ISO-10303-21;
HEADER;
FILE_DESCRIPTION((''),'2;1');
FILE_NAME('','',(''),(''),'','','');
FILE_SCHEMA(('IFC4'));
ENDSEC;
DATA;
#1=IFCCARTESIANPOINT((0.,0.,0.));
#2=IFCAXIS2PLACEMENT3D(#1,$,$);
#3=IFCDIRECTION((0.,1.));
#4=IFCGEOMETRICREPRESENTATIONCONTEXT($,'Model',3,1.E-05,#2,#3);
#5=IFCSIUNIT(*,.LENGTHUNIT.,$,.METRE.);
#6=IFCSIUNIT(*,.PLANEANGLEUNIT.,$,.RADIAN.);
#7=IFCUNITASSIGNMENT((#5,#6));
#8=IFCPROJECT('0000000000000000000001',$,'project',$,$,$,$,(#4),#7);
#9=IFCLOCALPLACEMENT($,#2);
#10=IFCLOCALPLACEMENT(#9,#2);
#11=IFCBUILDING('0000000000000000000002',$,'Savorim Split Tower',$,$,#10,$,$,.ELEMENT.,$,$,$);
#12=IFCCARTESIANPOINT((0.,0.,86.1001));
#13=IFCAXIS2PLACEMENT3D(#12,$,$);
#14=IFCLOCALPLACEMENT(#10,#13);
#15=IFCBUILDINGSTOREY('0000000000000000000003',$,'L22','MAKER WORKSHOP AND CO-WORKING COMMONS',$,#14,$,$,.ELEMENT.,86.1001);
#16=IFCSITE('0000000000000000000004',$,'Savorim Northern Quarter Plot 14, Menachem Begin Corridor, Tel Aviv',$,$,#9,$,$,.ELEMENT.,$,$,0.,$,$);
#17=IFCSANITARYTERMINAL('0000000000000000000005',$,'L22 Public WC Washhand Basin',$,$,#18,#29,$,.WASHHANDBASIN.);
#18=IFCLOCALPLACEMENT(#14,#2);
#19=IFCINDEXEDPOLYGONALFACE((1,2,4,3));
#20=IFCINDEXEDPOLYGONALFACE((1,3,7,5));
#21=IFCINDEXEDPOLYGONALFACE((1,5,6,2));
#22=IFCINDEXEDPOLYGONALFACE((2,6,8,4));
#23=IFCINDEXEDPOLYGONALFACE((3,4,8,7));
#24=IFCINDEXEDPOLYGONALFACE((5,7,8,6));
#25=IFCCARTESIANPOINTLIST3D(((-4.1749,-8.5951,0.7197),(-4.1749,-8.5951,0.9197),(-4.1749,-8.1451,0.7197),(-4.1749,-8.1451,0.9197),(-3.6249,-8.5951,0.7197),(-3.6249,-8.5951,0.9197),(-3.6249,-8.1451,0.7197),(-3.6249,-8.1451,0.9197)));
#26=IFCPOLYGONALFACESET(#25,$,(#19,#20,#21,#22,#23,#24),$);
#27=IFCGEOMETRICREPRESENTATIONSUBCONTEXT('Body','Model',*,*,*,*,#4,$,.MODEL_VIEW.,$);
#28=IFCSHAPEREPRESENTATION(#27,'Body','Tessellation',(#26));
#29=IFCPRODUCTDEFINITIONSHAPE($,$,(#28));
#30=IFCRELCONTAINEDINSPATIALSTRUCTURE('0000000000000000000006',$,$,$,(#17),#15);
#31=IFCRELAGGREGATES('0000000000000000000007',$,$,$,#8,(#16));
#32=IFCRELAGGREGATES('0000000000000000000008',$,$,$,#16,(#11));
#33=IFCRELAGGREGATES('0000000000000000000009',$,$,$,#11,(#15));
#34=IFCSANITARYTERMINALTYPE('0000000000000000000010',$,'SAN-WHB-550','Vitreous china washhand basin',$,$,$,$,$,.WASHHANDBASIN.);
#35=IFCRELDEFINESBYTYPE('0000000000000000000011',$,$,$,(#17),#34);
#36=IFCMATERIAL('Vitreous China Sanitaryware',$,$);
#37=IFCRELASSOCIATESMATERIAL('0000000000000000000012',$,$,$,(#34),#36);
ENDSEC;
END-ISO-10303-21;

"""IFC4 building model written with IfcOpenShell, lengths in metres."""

from ifc_helpers import new_model, si_unit, direction, frame, origin, origin_2d, place, context, subcontext, project, spatial, rectangle, extrude, material, type_object, element, save


model = new_model("IFC4")

# Units and contexts
model_context = context("Model", 3, precision=1e-05, world=origin(), true_north=direction((0.0, 1.0)))
body_context = subcontext(model_context, "Body", "Model", "MODEL_VIEW")
ifc_project = project(units=[si_unit("LENGTHUNIT", "METRE"), si_unit("PLANEANGLEUNIT", "RADIAN")], contexts=[model_context])

# Site, building, storey
site_placement = place(None, origin())
site = spatial("IfcSite", under=ifc_project, at=site_placement, Name="Savorim Northern Quarter Plot 14, Menachem Begin Corridor, Tel Aviv", CompositionType="ELEMENT", RefElevation=0.0)
building_placement = place(site_placement, origin())
building = spatial("IfcBuilding", under=site, at=building_placement, Name="Savorim Split Tower", CompositionType="ELEMENT")
storey_placement = place(building_placement, frame((0.0, 0.0, 86.1001)))
storey = spatial("IfcBuildingStorey", under=building, at=storey_placement, Name="L22", Description="MAKER WORKSHOP AND CO-WORKING COMMONS", CompositionType="ELEMENT", Elevation=86.1001)

# Sanitary terminal
ifc_material_1 = material(Name="Vitreous China Sanitaryware")
sanitary_terminal_type_1 = type_object("IfcSanitaryTerminalType", Name="SAN-WHB-550", Description="Vitreous china washhand basin", PredefinedType="WASHHANDBASIN", material=ifc_material_1)
sanitary_terminal_1_placement = place(storey_placement, frame((-3.8999, -8.3701, 0.7197), z_axis=(0.0, 0.0, 1.0), x_axis=(1.0, 0.0, 0.0)))
element("IfcSanitaryTerminal", 1, at=sanitary_terminal_1_placement, inside=storey, type_object=sanitary_terminal_type_1, Name="L22 Public WC Washhand Basin", PredefinedType="WASHHANDBASIN", context=body_context, shape_type="SweptSolid", body=[
    extrude(rectangle(XDim=0.55, YDim=0.45, at=origin_2d()), origin(), (0.0, 0.0, 1.0), 0.2),
])

save(model, "model.ifc")
